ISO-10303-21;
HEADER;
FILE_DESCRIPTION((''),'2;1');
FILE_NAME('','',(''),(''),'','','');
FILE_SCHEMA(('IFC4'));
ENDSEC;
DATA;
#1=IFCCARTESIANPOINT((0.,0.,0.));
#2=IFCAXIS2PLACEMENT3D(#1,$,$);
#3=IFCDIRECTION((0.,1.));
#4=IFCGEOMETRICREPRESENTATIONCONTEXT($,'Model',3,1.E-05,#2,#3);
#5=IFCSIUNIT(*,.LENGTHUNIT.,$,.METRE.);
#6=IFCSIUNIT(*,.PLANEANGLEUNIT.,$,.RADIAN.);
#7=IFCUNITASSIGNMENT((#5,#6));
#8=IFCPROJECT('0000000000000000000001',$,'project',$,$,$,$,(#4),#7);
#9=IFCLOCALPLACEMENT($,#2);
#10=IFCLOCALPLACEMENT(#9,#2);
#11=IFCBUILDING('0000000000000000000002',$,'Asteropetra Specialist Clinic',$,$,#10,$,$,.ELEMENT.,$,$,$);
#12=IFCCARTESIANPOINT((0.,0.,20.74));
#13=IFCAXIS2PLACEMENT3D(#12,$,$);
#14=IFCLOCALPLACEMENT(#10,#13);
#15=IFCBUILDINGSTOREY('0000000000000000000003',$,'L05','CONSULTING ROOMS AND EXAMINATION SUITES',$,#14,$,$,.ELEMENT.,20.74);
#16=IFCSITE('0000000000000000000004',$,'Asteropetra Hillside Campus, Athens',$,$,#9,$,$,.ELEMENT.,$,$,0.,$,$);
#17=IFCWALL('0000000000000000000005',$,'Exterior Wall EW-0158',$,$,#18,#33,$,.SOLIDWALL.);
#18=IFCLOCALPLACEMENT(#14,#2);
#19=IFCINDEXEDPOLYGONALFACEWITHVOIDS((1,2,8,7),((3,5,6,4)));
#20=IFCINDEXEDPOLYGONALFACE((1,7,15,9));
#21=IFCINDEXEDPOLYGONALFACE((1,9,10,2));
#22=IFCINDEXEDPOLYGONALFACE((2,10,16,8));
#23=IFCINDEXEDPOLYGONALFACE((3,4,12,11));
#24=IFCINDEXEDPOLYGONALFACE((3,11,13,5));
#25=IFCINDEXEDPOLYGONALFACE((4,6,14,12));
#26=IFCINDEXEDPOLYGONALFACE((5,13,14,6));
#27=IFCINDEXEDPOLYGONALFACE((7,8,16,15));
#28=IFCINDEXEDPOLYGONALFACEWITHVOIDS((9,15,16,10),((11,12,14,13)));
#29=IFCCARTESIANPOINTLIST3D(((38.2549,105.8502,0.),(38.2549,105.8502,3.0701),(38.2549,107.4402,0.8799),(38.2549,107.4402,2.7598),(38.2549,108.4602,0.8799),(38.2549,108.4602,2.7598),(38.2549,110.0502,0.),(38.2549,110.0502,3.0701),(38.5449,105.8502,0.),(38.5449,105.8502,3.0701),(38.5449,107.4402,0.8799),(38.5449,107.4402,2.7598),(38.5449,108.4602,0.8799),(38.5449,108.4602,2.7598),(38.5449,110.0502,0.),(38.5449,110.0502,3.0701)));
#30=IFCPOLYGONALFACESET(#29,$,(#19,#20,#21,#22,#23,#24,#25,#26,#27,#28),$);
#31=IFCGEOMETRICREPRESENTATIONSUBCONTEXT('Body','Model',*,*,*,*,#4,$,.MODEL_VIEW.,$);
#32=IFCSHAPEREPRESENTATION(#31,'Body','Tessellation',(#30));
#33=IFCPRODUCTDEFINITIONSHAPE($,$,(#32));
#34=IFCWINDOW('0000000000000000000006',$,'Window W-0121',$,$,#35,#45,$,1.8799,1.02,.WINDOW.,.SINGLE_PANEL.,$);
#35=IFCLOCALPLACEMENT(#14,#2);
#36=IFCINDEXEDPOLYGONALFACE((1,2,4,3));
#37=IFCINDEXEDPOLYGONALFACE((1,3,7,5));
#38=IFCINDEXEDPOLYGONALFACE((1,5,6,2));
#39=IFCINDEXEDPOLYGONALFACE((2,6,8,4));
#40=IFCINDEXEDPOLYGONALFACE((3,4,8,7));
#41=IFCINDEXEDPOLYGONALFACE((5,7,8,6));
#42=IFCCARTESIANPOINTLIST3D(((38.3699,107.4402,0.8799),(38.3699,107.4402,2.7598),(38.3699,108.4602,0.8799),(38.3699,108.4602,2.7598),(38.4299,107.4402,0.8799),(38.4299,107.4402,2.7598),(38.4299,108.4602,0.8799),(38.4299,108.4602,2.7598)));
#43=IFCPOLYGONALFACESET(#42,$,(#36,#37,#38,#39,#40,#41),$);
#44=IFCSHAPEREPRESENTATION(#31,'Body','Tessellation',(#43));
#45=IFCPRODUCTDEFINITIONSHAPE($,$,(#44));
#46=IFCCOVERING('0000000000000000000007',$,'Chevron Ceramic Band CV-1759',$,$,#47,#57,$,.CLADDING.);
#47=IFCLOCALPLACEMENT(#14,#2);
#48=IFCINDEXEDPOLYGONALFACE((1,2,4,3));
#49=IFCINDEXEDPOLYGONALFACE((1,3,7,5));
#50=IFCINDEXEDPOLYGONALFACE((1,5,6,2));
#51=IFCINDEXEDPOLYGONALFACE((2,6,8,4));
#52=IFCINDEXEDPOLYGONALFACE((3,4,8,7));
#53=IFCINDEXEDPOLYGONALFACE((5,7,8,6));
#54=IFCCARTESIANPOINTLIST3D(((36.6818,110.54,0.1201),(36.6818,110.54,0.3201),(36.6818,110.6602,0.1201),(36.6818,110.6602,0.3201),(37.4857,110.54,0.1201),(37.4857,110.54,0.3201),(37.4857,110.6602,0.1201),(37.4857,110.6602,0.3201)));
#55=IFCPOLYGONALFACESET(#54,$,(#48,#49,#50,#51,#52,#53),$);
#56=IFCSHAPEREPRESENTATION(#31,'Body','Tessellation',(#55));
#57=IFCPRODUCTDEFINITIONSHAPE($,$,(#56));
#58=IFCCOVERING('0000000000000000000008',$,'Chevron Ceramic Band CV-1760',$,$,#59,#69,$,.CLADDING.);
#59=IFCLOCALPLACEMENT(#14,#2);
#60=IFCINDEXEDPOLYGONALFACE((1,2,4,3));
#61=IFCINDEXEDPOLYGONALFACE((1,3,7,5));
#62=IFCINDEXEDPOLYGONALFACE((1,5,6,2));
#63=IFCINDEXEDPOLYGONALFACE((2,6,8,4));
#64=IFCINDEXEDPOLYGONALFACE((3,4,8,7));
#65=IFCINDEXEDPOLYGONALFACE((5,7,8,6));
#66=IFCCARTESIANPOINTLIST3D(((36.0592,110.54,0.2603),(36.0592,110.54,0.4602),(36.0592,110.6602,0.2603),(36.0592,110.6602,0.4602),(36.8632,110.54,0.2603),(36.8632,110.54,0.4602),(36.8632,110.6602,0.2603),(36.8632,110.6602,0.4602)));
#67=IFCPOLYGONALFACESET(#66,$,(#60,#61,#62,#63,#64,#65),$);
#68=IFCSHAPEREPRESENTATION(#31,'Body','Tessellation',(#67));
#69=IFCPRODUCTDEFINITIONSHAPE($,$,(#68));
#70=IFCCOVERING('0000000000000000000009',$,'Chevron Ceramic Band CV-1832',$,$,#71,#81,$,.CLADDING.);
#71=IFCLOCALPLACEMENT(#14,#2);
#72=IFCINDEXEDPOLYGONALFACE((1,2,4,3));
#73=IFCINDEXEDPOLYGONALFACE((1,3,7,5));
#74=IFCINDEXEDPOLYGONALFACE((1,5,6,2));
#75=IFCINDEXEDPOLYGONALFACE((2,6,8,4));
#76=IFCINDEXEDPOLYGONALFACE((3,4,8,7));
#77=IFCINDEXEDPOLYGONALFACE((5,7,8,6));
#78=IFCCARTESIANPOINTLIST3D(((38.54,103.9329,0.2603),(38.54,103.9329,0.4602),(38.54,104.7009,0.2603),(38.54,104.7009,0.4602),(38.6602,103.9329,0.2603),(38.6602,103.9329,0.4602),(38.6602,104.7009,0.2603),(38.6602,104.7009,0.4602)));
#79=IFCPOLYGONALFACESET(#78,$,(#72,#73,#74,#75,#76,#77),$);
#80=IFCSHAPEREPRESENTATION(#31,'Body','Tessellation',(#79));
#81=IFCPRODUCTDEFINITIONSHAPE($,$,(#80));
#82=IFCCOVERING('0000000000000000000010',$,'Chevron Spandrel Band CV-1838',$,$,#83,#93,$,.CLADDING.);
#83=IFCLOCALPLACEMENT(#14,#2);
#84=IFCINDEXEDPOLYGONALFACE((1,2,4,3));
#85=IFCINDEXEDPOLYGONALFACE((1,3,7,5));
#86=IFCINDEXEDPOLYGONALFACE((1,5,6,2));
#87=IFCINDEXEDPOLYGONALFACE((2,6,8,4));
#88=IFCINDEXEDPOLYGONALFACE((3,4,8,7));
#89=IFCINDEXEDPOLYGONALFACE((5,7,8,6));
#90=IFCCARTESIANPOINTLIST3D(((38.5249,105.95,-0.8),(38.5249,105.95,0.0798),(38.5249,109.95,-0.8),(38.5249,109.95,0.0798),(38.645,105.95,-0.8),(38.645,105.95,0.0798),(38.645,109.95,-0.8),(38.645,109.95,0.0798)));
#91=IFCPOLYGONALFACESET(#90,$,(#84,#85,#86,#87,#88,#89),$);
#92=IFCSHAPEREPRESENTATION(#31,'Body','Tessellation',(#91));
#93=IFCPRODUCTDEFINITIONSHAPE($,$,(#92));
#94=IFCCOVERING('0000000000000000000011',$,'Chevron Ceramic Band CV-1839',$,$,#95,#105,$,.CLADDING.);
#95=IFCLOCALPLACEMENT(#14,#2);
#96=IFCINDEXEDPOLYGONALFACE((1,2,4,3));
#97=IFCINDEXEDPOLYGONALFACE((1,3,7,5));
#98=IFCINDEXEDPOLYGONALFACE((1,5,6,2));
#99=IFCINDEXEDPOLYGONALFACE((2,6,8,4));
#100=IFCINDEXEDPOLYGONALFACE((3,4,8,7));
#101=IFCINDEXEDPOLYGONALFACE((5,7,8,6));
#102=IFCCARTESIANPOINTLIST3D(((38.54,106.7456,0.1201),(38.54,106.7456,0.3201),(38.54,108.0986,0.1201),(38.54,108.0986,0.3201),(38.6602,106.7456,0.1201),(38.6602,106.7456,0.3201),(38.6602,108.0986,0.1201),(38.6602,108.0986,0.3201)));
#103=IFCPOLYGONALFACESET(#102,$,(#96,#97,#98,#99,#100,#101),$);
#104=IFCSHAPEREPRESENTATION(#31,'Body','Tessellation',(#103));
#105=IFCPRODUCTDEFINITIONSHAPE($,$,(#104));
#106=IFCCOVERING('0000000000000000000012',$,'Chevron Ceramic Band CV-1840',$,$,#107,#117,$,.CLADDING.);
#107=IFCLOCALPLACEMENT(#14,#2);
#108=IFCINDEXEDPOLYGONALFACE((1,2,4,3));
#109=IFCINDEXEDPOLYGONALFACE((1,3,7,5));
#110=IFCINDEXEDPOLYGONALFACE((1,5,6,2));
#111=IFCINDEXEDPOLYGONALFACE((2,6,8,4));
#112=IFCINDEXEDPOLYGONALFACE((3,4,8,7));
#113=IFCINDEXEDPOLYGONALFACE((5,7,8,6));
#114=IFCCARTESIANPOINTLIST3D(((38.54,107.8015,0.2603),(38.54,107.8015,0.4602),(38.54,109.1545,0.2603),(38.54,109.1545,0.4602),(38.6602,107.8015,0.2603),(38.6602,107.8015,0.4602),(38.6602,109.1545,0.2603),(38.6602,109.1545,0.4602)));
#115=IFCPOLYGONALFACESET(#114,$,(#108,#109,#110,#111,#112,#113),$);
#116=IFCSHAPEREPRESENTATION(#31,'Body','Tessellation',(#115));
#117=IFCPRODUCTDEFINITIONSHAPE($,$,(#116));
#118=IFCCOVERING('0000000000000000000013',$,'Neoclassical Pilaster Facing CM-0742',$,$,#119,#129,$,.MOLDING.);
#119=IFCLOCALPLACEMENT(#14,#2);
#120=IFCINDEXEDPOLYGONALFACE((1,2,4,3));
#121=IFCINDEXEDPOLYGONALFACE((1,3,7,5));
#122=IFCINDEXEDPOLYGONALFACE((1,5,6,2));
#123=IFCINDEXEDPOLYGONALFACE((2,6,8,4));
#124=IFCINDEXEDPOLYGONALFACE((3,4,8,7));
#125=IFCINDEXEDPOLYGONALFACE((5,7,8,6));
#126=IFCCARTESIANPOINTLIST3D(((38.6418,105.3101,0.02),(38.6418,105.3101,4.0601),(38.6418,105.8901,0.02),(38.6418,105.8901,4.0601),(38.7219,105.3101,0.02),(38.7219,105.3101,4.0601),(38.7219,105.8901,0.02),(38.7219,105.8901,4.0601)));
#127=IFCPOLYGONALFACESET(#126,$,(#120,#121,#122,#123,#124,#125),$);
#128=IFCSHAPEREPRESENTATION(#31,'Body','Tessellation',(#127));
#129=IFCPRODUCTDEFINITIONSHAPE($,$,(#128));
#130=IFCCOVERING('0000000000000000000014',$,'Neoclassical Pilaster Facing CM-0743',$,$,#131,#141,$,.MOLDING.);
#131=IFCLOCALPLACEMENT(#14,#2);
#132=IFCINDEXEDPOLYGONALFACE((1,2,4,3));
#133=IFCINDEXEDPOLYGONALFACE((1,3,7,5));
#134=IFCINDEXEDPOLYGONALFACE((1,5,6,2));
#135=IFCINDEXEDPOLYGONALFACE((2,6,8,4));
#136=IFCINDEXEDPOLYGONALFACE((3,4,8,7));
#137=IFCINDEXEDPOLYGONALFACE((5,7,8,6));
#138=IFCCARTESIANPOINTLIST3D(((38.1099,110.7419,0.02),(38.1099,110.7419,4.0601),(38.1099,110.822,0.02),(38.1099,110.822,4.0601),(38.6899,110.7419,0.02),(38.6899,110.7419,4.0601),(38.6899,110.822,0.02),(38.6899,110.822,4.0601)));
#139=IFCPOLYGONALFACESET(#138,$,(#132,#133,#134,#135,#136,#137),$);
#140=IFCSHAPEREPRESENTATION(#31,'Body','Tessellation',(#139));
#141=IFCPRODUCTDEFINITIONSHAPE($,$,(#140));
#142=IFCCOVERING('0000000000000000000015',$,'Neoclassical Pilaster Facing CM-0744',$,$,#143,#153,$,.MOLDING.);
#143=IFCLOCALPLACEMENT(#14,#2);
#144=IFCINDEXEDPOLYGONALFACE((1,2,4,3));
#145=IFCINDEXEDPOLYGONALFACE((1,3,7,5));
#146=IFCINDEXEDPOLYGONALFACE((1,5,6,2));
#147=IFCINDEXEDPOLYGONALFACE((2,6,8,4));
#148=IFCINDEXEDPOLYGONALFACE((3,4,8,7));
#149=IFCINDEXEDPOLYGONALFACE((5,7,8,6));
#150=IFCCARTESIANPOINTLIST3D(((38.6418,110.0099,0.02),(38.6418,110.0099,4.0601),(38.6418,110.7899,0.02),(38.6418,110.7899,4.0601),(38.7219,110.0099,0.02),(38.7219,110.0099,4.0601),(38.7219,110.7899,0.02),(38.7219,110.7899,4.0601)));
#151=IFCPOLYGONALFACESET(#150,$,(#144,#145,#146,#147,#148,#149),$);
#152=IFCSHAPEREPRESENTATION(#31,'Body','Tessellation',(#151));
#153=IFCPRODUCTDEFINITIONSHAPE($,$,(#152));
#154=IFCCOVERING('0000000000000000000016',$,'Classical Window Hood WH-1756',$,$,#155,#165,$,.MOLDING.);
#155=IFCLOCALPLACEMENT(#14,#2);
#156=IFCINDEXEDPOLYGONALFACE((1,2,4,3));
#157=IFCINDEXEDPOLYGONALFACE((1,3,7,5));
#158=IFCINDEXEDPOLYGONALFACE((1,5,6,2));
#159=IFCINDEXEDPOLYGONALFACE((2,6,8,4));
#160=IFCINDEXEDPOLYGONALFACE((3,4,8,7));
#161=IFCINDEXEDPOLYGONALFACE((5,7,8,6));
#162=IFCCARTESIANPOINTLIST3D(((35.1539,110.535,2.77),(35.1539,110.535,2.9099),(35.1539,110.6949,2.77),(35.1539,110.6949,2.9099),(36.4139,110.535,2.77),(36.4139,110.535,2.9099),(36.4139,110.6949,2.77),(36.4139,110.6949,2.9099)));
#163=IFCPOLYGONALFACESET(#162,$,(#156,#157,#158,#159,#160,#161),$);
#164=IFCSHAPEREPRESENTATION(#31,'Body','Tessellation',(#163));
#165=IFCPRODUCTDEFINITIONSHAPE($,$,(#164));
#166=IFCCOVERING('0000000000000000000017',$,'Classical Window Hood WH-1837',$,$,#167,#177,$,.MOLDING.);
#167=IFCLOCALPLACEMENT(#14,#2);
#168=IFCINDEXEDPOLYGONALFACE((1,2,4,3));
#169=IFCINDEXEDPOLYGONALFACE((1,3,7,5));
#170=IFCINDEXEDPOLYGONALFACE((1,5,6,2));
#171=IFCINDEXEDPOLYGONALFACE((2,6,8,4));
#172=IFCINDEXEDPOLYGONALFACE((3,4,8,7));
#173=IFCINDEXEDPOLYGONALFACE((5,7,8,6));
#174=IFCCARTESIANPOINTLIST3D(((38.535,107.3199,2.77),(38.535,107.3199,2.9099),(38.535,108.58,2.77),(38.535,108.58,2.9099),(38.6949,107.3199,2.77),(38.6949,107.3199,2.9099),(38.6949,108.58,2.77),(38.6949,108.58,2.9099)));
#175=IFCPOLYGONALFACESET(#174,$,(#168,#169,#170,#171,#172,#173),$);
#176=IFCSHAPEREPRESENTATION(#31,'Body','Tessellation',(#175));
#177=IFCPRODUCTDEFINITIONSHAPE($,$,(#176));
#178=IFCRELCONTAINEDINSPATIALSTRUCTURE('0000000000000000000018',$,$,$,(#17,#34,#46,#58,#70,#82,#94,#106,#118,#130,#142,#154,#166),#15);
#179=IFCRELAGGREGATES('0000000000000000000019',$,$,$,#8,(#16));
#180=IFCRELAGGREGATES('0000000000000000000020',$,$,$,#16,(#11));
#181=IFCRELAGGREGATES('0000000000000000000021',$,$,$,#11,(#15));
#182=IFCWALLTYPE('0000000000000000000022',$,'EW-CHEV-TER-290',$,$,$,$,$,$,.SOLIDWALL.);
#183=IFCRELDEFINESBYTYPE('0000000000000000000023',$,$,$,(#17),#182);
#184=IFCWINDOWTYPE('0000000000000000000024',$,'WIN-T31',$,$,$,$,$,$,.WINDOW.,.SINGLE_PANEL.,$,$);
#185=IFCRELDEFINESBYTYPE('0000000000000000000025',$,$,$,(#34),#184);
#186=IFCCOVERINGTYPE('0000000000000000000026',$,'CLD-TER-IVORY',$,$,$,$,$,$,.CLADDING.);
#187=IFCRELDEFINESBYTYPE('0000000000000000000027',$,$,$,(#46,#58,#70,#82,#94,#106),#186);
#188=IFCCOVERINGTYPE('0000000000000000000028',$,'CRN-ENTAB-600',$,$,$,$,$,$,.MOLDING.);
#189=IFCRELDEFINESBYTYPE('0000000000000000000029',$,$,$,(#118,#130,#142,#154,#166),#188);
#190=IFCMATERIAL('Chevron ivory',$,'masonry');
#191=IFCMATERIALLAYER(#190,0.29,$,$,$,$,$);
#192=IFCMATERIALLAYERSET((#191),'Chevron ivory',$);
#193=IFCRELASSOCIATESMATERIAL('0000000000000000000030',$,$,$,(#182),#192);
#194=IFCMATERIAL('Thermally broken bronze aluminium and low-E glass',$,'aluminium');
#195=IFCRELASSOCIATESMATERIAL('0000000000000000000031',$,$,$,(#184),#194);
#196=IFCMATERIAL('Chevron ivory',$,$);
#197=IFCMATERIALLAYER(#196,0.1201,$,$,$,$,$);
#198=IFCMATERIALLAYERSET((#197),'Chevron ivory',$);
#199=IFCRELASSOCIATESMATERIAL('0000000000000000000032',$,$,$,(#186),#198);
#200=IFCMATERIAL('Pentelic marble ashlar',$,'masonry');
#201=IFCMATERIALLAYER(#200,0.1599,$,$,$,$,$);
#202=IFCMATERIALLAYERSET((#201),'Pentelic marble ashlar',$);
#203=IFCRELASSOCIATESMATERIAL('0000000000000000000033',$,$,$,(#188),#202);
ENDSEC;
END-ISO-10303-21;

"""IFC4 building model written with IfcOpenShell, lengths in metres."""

from ifc_helpers import new_model, si_unit, direction, frame, frame_2d, origin, origin_2d, place, context, subcontext, project, spatial, rectangle, extrude, material, layer, layer_set, type_object, element, fill, save


model = new_model("IFC4")

# Units and contexts
model_context = context("Model", 3, precision=1e-05, world=origin(), true_north=direction((0.0, 1.0)))
body_context = subcontext(model_context, "Body", "Model", "MODEL_VIEW")
ifc_project = project(units=[si_unit("LENGTHUNIT", "METRE"), si_unit("PLANEANGLEUNIT", "RADIAN")], contexts=[model_context])

# Site, building, storey
site_placement = place(None, origin())
site = spatial("IfcSite", under=ifc_project, at=site_placement, Name="Asteropetra Hillside Campus, Athens", CompositionType="ELEMENT", RefElevation=0.0)
building_placement = place(site_placement, origin())
building = spatial("IfcBuilding", under=site, at=building_placement, Name="Asteropetra Specialist Clinic", CompositionType="ELEMENT")
storey_placement = place(building_placement, frame((0.0, 0.0, 20.74)))
storey = spatial("IfcBuildingStorey", under=building, at=storey_placement, Name="L05", Description="CONSULTING ROOMS AND EXAMINATION SUITES", CompositionType="ELEMENT", Elevation=20.74)

# Shared definitions
ifc_material_1 = material(Name="Chevron ivory", Category="masonry")
ifc_layer_1 = layer(ifc_material_1, 0.29)
ifc_layer_set_1 = layer_set([ifc_layer_1], Name="Chevron ivory")
wall_type = type_object("IfcWallType", Name="EW-CHEV-TER-290", PredefinedType="SOLIDWALL", material=ifc_layer_set_1)
ifc_material_2 = material(Name="Thermally broken bronze aluminium and low-E glass", Category="aluminium")
window_type = type_object("IfcWindowType", Name="WIN-T31", PartitioningType="SINGLE_PANEL", PredefinedType="WINDOW", material=ifc_material_2)

# Wall, opening, window
wall_1_placement = place(storey_placement, frame((38.3999, 105.8501, 0.0), z_axis=(0.0, 0.0, 1.0), x_axis=(0.0, 1.0, 0.0)))
wall_1 = element("IfcWall", 1, at=wall_1_placement, inside=storey, type_object=wall_type, Name="Exterior Wall EW-0158", PredefinedType="SOLIDWALL", context=body_context, shape_type="SweptSolid", body=[
    extrude(rectangle(XDim=4.2, YDim=0.29, at=frame_2d((2.1001, 0.0))), origin(), (0.0, 0.0, 1.0), 3.0701),
])
opening_1_placement = place(wall_1_placement, frame((1.5901, 0.0, 0.8799)))
opening_1 = element("IfcOpeningElement", 2, at=opening_1_placement, cuts=wall_1, PredefinedType="OPENING", context=body_context, shape_type="SweptSolid", body=[
    extrude(rectangle(XDim=1.02, YDim=1.8799, at=frame_2d((0.51, 0.9399))), frame((0.0, 0.155, 0.0), z_axis=(0.0, -1.0, 0.0), x_axis=(1.0, 0.0, 0.0)), (0.0, 0.0, 1.0), 0.3101),
])
window_1_placement = place(opening_1_placement, origin())
window_1 = element("IfcWindow", 3, at=window_1_placement, inside=storey, type_object=window_type, Name="Window W-0121", OverallHeight=1.8799, OverallWidth=1.02, PartitioningType="SINGLE_PANEL", PredefinedType="WINDOW", context=body_context, shape_type="SweptSolid", body=[
    extrude(rectangle(XDim=1.02, YDim=1.8799, at=frame_2d((0.51, 0.9399))), frame((0.0, 0.03, 0.0), z_axis=(0.0, -1.0, 0.0), x_axis=(1.0, 0.0, 0.0)), (0.0, 0.0, 1.0), 0.0601),
])
fill(opening_1, window_1)

# Coverings
ifc_material_3 = material(Name="Chevron ivory")
ifc_layer_2 = layer(ifc_material_3, 0.1201)
ifc_layer_set_2 = layer_set([ifc_layer_2], Name="Chevron ivory")
covering_type_1 = type_object("IfcCoveringType", Name="CLD-TER-IVORY", PredefinedType="CLADDING", material=ifc_layer_set_2)
for number, where, z_axis, x_axis, name in (
    (4, (37.0837, 110.6001, 0.1201), (0.0, 0.0, 1.0), (1.0, 0.0, 0.0), "Chevron Ceramic Band CV-1759"),
    (5, (36.4612, 110.6001, 0.2603), (0.0, 0.0, 1.0), (1.0, 0.0, 0.0), "Chevron Ceramic Band CV-1760"),
):
    element("IfcCovering", number, at=place(storey_placement, frame(where, z_axis=z_axis, x_axis=x_axis)), inside=storey, type_object=covering_type_1, Name=name, PredefinedType="CLADDING", context=body_context, shape_type="SweptSolid", body=[
        extrude(rectangle(XDim=0.804, YDim=0.1201, at=origin_2d()), origin(), (0.0, 0.0, 1.0), 0.2),
    ])
covering_1_placement = place(storey_placement, frame((38.6001, 104.3169, 0.2603), z_axis=(0.0, 0.0, 1.0), x_axis=(1.0, 0.0, 0.0)))
element("IfcCovering", 6, at=covering_1_placement, inside=storey, type_object=covering_type_1, Name="Chevron Ceramic Band CV-1832", PredefinedType="CLADDING", context=body_context, shape_type="SweptSolid", body=[
    extrude(rectangle(XDim=0.1201, YDim=0.7681, at=origin_2d()), origin(), (0.0, 0.0, 1.0), 0.2),
])
covering_2_placement = place(storey_placement, frame((38.585, 107.95, -0.8), z_axis=(0.0, 0.0, 1.0), x_axis=(1.0, 0.0, 0.0)))
element("IfcCovering", 7, at=covering_2_placement, inside=storey, type_object=covering_type_1, Name="Chevron Spandrel Band CV-1838", PredefinedType="CLADDING", context=body_context, shape_type="SweptSolid", body=[
    extrude(rectangle(XDim=0.1201, YDim=4.0, at=origin_2d()), origin(), (0.0, 0.0, 1.0), 0.8799),
])
for number, where, z_axis, x_axis, name in (
    (8, (38.6001, 107.4221, 0.1201), (0.0, 0.0, 1.0), (1.0, 0.0, 0.0), "Chevron Ceramic Band CV-1839"),
    (9, (38.6001, 108.478, 0.2603), (0.0, 0.0, 1.0), (1.0, 0.0, 0.0), "Chevron Ceramic Band CV-1840"),
):
    element("IfcCovering", number, at=place(storey_placement, frame(where, z_axis=z_axis, x_axis=x_axis)), inside=storey, type_object=covering_type_1, Name=name, PredefinedType="CLADDING", context=body_context, shape_type="SweptSolid", body=[
        extrude(rectangle(XDim=0.1201, YDim=1.353, at=origin_2d()), origin(), (0.0, 0.0, 1.0), 0.2),
    ])
ifc_material_4 = material(Name="Pentelic marble ashlar", Category="masonry")
ifc_layer_3 = layer(ifc_material_4, 0.1599)
ifc_layer_set_3 = layer_set([ifc_layer_3], Name="Pentelic marble ashlar")
covering_type_2 = type_object("IfcCoveringType", Name="CRN-ENTAB-600", PredefinedType="MOLDING", material=ifc_layer_set_3)
covering_3_placement = place(storey_placement, frame((38.6819, 105.6001, 0.02), z_axis=(0.0, 0.0, 1.0), x_axis=(1.0, 0.0, 0.0)))
element("IfcCovering", 10, at=covering_3_placement, inside=storey, type_object=covering_type_2, Name="Neoclassical Pilaster Facing CM-0742", PredefinedType="MOLDING", context=body_context, shape_type="SweptSolid", body=[
    extrude(rectangle(XDim=0.0801, YDim=0.5801, at=origin_2d()), origin(), (0.0, 0.0, 1.0), 4.04),
])
covering_4_placement = place(storey_placement, frame((38.3999, 110.782, 0.02), z_axis=(0.0, 0.0, 1.0), x_axis=(1.0, 0.0, 0.0)))
element("IfcCovering", 11, at=covering_4_placement, inside=storey, type_object=covering_type_2, Name="Neoclassical Pilaster Facing CM-0743", PredefinedType="MOLDING", context=body_context, shape_type="SweptSolid", body=[
    extrude(rectangle(XDim=0.5801, YDim=0.0801, at=origin_2d()), origin(), (0.0, 0.0, 1.0), 4.04),
])
covering_5_placement = place(storey_placement, frame((38.6819, 110.3999, 0.02), z_axis=(0.0, 0.0, 1.0), x_axis=(1.0, 0.0, 0.0)))
element("IfcCovering", 12, at=covering_5_placement, inside=storey, type_object=covering_type_2, Name="Neoclassical Pilaster Facing CM-0744", PredefinedType="MOLDING", context=body_context, shape_type="SweptSolid", body=[
    extrude(rectangle(XDim=0.0801, YDim=0.78, at=origin_2d()), origin(), (0.0, 0.0, 1.0), 4.04),
])
covering_6_placement = place(storey_placement, frame((35.7839, 110.615, 2.77), z_axis=(0.0, 0.0, 1.0), x_axis=(1.0, 0.0, 0.0)))
element("IfcCovering", 13, at=covering_6_placement, inside=storey, type_object=covering_type_2, Name="Classical Window Hood WH-1756", PredefinedType="MOLDING", context=body_context, shape_type="SweptSolid", body=[
    extrude(rectangle(XDim=1.26, YDim=0.1599, at=origin_2d()), origin(), (0.0, 0.0, 1.0), 0.1399),
])
covering_7_placement = place(storey_placement, frame((38.615, 107.95, 2.77), z_axis=(0.0, 0.0, 1.0), x_axis=(1.0, 0.0, 0.0)))
element("IfcCovering", 14, at=covering_7_placement, inside=storey, type_object=covering_type_2, Name="Classical Window Hood WH-1837", PredefinedType="MOLDING", context=body_context, shape_type="SweptSolid", body=[
    extrude(rectangle(XDim=0.1599, YDim=1.26, at=origin_2d()), origin(), (0.0, 0.0, 1.0), 0.1399),
])

save(model, "model.ifc")
